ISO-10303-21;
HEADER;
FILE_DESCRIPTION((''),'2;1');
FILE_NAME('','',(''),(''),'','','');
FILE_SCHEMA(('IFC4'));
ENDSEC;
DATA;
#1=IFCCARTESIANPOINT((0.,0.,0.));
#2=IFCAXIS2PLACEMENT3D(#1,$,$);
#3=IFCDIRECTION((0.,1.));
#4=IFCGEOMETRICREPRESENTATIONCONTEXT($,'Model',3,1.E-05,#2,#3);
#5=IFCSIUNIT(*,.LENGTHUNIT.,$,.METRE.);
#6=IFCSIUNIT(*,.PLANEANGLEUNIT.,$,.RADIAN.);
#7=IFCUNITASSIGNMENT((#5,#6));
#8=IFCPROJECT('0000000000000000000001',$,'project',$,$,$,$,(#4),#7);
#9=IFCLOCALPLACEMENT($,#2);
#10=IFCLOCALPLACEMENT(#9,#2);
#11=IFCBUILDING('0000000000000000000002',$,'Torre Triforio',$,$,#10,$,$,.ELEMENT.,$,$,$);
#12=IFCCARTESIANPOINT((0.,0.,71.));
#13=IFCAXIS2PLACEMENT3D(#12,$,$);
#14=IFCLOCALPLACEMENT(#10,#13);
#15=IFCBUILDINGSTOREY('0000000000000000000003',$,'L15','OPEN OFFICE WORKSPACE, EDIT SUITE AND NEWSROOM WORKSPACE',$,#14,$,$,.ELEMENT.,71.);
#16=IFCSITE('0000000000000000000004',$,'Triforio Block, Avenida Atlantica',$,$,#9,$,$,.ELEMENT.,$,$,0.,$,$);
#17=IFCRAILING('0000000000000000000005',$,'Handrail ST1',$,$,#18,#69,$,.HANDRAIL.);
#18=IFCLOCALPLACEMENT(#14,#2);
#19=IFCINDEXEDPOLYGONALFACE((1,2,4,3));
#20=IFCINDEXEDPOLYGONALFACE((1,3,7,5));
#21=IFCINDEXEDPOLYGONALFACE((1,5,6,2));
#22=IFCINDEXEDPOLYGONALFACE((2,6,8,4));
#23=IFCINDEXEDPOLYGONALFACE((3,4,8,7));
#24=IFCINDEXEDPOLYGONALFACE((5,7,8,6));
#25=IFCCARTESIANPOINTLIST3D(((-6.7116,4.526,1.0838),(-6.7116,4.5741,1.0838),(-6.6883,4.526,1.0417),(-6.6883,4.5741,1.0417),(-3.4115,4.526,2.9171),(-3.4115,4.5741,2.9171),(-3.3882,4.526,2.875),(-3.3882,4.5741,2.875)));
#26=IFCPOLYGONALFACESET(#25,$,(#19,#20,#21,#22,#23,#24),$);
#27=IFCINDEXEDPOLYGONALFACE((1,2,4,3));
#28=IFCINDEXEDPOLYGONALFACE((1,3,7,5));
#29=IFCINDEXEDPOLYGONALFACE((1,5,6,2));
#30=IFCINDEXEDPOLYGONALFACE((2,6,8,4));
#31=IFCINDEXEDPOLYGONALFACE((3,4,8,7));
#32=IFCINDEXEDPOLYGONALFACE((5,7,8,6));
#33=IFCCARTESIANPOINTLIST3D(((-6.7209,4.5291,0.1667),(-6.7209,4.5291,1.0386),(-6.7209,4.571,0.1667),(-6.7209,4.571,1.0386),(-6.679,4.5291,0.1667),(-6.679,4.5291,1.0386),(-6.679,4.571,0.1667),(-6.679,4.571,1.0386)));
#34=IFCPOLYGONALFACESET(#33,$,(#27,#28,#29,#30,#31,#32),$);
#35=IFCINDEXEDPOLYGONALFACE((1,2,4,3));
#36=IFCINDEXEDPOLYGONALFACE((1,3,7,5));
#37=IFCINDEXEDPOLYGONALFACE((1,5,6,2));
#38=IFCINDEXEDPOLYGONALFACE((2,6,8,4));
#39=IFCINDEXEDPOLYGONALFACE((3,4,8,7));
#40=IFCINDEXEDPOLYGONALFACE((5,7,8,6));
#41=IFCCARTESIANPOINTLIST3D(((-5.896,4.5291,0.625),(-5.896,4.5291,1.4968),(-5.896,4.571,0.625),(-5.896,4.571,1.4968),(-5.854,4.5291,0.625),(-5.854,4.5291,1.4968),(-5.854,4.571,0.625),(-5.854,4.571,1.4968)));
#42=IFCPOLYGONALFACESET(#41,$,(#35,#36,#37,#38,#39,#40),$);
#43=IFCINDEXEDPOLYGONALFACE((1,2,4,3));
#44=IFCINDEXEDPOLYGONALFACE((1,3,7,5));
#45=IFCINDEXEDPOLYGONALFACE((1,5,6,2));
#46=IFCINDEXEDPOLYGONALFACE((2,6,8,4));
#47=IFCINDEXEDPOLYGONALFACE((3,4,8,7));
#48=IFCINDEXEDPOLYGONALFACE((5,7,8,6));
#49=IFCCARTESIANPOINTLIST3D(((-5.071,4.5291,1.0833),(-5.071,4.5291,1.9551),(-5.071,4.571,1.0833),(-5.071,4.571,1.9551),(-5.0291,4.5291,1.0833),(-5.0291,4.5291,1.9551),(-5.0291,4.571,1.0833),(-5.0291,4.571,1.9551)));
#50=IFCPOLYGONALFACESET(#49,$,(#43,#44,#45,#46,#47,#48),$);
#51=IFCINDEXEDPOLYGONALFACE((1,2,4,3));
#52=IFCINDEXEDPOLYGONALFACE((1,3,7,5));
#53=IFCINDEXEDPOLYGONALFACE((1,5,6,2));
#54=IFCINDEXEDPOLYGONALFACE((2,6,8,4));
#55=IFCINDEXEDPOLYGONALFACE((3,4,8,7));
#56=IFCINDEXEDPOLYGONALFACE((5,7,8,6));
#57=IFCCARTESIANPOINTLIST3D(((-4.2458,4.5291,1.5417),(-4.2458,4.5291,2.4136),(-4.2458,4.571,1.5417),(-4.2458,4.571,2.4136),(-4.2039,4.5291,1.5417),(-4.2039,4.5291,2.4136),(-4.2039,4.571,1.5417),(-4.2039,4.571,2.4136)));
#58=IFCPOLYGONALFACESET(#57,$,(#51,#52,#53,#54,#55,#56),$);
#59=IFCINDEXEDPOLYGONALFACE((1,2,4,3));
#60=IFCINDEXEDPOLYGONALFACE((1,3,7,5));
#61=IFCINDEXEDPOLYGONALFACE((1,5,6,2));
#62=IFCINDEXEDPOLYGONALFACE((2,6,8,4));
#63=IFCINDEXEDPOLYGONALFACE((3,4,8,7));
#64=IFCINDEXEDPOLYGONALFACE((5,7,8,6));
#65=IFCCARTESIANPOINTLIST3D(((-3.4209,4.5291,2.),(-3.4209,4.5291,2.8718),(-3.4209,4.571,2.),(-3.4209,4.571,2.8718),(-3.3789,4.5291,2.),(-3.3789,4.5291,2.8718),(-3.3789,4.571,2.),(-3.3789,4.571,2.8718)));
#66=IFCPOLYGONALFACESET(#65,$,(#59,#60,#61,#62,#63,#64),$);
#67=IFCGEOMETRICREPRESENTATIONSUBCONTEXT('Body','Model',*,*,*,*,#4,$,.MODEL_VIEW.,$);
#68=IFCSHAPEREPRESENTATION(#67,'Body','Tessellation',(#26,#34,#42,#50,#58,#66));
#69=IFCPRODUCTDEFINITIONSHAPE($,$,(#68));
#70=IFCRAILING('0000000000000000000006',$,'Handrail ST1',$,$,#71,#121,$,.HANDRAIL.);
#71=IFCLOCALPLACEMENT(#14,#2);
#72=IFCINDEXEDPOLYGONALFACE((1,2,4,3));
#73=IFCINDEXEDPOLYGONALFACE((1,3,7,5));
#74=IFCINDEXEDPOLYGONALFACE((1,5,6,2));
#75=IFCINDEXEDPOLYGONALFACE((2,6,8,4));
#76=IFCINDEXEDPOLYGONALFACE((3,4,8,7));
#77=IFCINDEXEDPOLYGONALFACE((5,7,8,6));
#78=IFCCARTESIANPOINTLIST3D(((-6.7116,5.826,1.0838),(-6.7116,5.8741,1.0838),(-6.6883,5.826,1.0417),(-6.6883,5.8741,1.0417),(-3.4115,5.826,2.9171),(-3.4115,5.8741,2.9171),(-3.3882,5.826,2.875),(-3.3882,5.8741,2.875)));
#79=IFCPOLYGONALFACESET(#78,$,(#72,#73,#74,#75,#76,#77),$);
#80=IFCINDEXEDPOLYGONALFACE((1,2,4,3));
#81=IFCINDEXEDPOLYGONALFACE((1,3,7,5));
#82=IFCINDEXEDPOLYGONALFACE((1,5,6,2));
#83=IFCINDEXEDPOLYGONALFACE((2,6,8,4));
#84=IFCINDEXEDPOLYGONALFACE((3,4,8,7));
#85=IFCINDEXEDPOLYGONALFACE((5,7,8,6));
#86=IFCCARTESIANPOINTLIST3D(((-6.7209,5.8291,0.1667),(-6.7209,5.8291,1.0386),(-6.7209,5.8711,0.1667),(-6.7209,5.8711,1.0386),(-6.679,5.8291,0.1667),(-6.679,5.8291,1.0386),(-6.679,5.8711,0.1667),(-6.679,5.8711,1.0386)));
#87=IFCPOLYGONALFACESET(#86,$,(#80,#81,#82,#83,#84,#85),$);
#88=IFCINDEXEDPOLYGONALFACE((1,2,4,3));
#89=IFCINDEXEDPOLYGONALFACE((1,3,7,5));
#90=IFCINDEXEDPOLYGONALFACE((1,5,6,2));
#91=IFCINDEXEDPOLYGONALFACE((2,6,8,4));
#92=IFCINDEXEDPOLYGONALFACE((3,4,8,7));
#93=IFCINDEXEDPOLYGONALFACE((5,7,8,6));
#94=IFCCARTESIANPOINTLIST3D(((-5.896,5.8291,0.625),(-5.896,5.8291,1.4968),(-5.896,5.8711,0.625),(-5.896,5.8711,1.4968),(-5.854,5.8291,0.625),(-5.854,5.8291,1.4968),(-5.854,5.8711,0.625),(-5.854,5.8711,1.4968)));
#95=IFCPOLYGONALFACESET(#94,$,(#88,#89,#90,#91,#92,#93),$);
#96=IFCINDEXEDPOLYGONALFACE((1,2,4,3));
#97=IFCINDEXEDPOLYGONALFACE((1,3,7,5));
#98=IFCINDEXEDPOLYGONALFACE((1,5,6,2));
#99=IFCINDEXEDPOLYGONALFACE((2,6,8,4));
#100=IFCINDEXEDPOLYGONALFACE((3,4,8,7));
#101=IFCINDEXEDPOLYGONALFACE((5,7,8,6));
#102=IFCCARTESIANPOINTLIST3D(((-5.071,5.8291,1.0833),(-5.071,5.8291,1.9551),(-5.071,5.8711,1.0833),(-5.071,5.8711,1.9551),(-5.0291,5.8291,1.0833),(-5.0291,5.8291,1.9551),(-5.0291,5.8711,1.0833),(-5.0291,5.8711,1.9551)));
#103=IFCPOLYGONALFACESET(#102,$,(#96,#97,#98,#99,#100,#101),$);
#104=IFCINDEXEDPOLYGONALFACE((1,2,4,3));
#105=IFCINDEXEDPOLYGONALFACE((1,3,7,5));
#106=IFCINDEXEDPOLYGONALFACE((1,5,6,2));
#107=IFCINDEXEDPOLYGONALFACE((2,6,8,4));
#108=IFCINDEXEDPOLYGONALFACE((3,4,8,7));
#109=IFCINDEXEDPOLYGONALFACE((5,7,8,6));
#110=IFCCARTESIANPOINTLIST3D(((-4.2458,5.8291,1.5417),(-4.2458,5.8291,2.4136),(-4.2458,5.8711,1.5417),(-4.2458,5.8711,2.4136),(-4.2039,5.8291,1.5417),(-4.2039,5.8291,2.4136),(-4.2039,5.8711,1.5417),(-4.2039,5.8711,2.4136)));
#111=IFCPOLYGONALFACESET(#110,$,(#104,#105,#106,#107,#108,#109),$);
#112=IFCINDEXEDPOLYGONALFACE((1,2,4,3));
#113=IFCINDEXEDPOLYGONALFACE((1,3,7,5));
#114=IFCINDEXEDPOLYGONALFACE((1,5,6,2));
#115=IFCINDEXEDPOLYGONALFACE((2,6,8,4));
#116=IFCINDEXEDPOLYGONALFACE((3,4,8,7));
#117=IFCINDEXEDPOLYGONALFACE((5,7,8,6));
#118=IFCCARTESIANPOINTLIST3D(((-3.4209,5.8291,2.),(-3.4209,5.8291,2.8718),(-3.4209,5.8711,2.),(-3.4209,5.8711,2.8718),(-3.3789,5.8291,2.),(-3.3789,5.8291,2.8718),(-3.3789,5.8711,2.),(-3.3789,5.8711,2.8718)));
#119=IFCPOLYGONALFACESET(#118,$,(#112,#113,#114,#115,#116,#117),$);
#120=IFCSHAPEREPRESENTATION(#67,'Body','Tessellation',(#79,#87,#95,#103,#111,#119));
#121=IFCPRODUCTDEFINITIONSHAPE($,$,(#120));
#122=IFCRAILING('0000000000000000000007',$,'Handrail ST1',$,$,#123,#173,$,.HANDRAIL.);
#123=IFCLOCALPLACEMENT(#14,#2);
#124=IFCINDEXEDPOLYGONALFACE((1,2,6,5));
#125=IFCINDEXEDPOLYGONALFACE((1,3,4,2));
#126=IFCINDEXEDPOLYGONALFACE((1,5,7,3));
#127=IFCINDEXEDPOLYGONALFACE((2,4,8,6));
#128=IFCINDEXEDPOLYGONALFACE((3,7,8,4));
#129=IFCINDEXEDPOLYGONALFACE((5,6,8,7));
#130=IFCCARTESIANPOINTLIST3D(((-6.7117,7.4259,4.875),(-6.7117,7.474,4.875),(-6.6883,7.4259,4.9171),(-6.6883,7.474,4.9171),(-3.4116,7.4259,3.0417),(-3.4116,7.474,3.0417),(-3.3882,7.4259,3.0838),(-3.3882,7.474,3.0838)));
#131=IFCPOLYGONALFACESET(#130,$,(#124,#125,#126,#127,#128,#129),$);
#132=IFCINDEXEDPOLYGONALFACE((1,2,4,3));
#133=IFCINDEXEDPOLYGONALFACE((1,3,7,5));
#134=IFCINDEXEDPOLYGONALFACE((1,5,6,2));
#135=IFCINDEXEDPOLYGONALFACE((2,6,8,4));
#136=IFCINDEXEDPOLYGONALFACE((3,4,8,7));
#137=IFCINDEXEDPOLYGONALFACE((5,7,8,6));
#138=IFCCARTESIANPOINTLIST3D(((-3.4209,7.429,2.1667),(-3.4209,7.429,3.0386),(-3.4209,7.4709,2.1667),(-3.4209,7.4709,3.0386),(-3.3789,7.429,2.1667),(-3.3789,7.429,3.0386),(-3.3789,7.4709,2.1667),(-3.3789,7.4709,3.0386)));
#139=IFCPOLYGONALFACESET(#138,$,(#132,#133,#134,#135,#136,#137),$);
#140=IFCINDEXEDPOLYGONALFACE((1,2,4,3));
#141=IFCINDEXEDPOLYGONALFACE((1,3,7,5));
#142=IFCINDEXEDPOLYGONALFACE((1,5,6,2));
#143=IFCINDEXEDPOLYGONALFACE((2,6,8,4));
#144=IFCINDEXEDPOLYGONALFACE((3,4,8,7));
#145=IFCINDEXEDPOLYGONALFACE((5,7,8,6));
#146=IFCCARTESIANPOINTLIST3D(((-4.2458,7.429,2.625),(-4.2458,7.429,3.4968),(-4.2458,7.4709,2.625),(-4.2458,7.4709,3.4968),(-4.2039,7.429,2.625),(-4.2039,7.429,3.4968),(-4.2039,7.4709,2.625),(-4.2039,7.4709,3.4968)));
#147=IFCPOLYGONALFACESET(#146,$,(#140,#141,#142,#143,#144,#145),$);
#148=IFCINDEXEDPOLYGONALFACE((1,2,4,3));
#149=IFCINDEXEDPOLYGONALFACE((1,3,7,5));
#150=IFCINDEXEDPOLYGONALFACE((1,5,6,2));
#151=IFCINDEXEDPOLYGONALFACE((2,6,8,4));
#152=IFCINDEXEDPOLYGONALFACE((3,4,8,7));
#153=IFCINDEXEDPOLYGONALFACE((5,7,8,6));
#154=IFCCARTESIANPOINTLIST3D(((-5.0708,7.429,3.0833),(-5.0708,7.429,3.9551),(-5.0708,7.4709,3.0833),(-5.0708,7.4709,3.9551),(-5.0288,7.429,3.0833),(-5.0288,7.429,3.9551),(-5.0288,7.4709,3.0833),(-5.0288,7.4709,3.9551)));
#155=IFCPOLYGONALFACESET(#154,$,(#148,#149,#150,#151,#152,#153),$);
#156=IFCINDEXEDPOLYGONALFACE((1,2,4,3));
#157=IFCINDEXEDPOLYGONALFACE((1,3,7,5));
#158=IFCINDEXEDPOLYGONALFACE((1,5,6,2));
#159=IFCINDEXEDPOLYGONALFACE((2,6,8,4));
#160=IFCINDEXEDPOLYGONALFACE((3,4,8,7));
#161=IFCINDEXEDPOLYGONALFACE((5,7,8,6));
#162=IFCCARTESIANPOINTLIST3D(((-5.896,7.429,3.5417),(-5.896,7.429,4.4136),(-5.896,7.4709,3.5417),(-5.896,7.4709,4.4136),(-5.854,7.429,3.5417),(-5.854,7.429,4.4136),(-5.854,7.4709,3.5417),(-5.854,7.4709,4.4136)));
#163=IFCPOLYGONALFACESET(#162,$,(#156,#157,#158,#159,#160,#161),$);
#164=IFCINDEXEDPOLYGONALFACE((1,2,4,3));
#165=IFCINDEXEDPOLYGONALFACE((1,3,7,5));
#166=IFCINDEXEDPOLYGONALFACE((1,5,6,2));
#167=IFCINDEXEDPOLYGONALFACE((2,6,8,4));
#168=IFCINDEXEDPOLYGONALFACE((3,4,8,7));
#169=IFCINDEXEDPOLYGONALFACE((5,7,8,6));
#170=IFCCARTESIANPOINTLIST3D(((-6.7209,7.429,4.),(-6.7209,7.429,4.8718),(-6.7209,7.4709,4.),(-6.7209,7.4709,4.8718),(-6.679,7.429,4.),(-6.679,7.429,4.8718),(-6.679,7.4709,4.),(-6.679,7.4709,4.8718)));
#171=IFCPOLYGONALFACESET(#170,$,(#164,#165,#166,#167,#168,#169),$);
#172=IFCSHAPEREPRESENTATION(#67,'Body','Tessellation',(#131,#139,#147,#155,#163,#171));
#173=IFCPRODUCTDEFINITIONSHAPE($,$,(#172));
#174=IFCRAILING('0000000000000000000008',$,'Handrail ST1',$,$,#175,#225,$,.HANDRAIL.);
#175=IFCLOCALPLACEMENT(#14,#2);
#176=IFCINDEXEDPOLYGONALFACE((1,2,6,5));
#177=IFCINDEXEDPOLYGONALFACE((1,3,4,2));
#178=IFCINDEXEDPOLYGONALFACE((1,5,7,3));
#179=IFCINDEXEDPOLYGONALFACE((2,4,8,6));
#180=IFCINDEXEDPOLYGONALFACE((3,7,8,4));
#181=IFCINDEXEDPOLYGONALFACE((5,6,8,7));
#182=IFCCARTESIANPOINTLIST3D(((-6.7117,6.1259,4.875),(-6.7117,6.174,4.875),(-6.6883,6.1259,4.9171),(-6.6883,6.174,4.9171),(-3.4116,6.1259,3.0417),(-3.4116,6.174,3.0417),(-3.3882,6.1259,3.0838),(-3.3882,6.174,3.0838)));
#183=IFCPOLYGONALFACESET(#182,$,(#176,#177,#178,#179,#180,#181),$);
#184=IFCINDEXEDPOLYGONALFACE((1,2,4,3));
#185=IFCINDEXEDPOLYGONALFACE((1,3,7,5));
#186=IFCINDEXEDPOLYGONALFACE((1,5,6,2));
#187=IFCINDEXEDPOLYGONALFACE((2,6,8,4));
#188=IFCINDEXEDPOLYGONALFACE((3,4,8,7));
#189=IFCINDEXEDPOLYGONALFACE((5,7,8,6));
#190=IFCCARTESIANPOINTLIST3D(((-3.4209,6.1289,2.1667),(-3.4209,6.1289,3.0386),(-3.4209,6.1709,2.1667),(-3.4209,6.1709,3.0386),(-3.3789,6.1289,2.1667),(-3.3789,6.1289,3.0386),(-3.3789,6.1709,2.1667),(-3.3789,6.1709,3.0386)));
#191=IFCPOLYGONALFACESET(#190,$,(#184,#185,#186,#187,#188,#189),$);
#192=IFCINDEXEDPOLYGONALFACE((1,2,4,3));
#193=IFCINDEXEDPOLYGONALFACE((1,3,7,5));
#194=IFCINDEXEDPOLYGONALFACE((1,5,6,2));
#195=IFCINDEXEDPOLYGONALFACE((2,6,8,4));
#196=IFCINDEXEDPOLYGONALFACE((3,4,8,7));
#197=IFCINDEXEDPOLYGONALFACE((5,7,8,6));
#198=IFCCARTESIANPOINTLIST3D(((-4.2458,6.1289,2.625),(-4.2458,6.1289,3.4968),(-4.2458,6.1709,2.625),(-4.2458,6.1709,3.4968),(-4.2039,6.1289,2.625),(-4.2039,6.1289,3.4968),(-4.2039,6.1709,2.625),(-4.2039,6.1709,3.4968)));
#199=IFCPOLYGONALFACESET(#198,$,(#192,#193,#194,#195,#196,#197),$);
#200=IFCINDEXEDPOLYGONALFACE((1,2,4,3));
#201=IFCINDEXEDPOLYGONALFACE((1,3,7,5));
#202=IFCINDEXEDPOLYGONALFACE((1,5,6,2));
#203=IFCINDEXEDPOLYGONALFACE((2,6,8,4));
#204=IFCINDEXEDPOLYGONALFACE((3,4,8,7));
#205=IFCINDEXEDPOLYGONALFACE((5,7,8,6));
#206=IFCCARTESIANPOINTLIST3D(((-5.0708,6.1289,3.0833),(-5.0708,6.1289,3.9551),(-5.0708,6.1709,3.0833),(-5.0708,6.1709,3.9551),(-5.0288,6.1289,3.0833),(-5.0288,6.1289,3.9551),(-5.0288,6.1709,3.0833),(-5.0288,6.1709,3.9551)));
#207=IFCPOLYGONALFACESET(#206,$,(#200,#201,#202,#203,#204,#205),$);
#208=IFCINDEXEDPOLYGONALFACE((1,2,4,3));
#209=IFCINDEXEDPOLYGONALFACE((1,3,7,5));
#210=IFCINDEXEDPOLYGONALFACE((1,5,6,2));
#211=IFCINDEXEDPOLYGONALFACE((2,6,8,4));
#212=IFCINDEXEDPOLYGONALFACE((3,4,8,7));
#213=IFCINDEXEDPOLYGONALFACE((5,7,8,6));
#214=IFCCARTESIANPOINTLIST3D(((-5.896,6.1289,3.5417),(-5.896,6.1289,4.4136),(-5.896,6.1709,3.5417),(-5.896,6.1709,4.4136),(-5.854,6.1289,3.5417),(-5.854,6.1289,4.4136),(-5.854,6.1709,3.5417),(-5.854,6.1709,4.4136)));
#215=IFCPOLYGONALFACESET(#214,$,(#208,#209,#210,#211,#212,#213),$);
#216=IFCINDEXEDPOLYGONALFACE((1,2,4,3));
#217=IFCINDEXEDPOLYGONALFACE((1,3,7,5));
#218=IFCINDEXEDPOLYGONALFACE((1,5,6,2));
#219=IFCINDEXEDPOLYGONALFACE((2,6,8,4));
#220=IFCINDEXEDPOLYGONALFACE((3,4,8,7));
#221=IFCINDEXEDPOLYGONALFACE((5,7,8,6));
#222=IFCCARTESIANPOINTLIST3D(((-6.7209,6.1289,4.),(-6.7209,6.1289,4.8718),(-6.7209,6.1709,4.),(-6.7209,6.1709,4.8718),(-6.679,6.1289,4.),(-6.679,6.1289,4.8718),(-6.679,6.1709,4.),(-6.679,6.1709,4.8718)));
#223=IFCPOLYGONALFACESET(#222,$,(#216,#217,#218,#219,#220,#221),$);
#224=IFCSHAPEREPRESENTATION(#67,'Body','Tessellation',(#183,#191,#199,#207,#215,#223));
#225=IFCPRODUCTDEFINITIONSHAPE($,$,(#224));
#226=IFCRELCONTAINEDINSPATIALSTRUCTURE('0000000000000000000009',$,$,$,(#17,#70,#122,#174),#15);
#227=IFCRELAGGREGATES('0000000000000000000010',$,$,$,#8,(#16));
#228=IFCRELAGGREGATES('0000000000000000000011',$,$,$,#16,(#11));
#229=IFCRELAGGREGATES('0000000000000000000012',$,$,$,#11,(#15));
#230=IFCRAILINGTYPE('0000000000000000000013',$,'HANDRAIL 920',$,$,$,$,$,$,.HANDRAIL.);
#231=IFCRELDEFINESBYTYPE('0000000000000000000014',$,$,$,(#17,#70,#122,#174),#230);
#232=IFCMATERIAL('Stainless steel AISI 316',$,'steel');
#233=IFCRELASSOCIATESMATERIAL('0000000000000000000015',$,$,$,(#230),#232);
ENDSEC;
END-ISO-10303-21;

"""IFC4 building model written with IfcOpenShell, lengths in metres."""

from ifc_helpers import new_model, si_unit, direction, frame, origin, origin_2d, place, context, subcontext, project, spatial, rectangle, extrude, material, type_object, element, save


model = new_model("IFC4")

# Units and contexts
model_context = context("Model", 3, precision=1e-05, world=origin(), true_north=direction((0.0, 1.0)))
body_context = subcontext(model_context, "Body", "Model", "MODEL_VIEW")
ifc_project = project(units=[si_unit("LENGTHUNIT", "METRE"), si_unit("PLANEANGLEUNIT", "RADIAN")], contexts=[model_context])

# Site, building, storey
site_placement = place(None, origin())
site = spatial("IfcSite", under=ifc_project, at=site_placement, Name="Triforio Block, Avenida Atlantica", CompositionType="ELEMENT", RefElevation=0.0)
building_placement = place(site_placement, origin())
building = spatial("IfcBuilding", under=site, at=building_placement, Name="Torre Triforio", CompositionType="ELEMENT")
storey_placement = place(building_placement, frame((0.0, 0.0, 71.0)))
storey = spatial("IfcBuildingStorey", under=building, at=storey_placement, Name="L15", Description="OPEN OFFICE WORKSPACE, EDIT SUITE AND NEWSROOM WORKSPACE", CompositionType="ELEMENT", Elevation=71.0)

# Railings
ifc_material_1 = material(Name="Stainless steel AISI 316", Category="steel")
railing_type = type_object("IfcRailingType", Name="HANDRAIL 920", PredefinedType="HANDRAIL", material=ifc_material_1)
for number, where, name in (
    (1, (-6.7, 4.55, 0.1667), "Handrail ST1"),
    (2, (-6.7, 5.8501, 0.1667), "Handrail ST1"),
):
    element("IfcRailing", number, at=place(storey_placement, frame(where)), inside=storey, type_object=railing_type, Name=name, PredefinedType="HANDRAIL", context=body_context, shape_type="SweptSolid", body=[
        extrude(rectangle(XDim=0.0481, YDim=0.0481, at=origin_2d()), frame((0.0, 0.0, 0.896), z_axis=(0.874169, 0.0, 0.485621), x_axis=(0.0, 1.0, 0.0)), (0.0, 0.0, 1.0), 3.7751),
        extrude(rectangle(XDim=0.042, YDim=0.042, at=origin_2d()), origin(), (0.0, 0.0, 1.0), 0.8718),
        extrude(rectangle(XDim=0.042, YDim=0.042, at=origin_2d()), frame((0.825, 0.0, 0.4583)), (0.0, 0.0, 1.0), 0.8718),
        extrude(rectangle(XDim=0.042, YDim=0.042, at=origin_2d()), frame((1.6499, 0.0, 0.9165)), (0.0, 0.0, 1.0), 0.8718),
        extrude(rectangle(XDim=0.042, YDim=0.042, at=origin_2d()), frame((2.4751, 0.0, 1.375)), (0.0, 0.0, 1.0), 0.8718),
        extrude(rectangle(XDim=0.042, YDim=0.042, at=origin_2d()), frame((3.3, 0.0, 1.8333)), (0.0, 0.0, 1.0), 0.8718),
    ])
for number, where, name in (
    (3, (-3.3999, 7.45, 2.1667), "Handrail ST1"),
    (4, (-3.3999, 6.1499, 2.1667), "Handrail ST1"),
):
    element("IfcRailing", number, at=place(storey_placement, frame(where)), inside=storey, type_object=railing_type, Name=name, PredefinedType="HANDRAIL", context=body_context, shape_type="SweptSolid", body=[
        extrude(rectangle(XDim=0.0481, YDim=0.0481, at=origin_2d()), frame((0.0, 0.0, 0.896), z_axis=(-0.874169, 0.0, 0.485621), x_axis=(0.0, -1.0, 0.0)), (0.0, 0.0, 1.0), 3.7751),
        extrude(rectangle(XDim=0.042, YDim=0.042, at=origin_2d()), origin(), (0.0, 0.0, 1.0), 0.8718),
        extrude(rectangle(XDim=0.042, YDim=0.042, at=origin_2d()), frame((-0.825, 0.0, 0.4583)), (0.0, 0.0, 1.0), 0.8718),
        extrude(rectangle(XDim=0.042, YDim=0.042, at=origin_2d()), frame((-1.6499, 0.0, 0.9165)), (0.0, 0.0, 1.0), 0.8718),
        extrude(rectangle(XDim=0.042, YDim=0.042, at=origin_2d()), frame((-2.4751, 0.0, 1.375)), (0.0, 0.0, 1.0), 0.8718),
        extrude(rectangle(XDim=0.042, YDim=0.042, at=origin_2d()), frame((-3.3, 0.0, 1.8333)), (0.0, 0.0, 1.0), 0.8718),
    ])

save(model, "model.ifc")
